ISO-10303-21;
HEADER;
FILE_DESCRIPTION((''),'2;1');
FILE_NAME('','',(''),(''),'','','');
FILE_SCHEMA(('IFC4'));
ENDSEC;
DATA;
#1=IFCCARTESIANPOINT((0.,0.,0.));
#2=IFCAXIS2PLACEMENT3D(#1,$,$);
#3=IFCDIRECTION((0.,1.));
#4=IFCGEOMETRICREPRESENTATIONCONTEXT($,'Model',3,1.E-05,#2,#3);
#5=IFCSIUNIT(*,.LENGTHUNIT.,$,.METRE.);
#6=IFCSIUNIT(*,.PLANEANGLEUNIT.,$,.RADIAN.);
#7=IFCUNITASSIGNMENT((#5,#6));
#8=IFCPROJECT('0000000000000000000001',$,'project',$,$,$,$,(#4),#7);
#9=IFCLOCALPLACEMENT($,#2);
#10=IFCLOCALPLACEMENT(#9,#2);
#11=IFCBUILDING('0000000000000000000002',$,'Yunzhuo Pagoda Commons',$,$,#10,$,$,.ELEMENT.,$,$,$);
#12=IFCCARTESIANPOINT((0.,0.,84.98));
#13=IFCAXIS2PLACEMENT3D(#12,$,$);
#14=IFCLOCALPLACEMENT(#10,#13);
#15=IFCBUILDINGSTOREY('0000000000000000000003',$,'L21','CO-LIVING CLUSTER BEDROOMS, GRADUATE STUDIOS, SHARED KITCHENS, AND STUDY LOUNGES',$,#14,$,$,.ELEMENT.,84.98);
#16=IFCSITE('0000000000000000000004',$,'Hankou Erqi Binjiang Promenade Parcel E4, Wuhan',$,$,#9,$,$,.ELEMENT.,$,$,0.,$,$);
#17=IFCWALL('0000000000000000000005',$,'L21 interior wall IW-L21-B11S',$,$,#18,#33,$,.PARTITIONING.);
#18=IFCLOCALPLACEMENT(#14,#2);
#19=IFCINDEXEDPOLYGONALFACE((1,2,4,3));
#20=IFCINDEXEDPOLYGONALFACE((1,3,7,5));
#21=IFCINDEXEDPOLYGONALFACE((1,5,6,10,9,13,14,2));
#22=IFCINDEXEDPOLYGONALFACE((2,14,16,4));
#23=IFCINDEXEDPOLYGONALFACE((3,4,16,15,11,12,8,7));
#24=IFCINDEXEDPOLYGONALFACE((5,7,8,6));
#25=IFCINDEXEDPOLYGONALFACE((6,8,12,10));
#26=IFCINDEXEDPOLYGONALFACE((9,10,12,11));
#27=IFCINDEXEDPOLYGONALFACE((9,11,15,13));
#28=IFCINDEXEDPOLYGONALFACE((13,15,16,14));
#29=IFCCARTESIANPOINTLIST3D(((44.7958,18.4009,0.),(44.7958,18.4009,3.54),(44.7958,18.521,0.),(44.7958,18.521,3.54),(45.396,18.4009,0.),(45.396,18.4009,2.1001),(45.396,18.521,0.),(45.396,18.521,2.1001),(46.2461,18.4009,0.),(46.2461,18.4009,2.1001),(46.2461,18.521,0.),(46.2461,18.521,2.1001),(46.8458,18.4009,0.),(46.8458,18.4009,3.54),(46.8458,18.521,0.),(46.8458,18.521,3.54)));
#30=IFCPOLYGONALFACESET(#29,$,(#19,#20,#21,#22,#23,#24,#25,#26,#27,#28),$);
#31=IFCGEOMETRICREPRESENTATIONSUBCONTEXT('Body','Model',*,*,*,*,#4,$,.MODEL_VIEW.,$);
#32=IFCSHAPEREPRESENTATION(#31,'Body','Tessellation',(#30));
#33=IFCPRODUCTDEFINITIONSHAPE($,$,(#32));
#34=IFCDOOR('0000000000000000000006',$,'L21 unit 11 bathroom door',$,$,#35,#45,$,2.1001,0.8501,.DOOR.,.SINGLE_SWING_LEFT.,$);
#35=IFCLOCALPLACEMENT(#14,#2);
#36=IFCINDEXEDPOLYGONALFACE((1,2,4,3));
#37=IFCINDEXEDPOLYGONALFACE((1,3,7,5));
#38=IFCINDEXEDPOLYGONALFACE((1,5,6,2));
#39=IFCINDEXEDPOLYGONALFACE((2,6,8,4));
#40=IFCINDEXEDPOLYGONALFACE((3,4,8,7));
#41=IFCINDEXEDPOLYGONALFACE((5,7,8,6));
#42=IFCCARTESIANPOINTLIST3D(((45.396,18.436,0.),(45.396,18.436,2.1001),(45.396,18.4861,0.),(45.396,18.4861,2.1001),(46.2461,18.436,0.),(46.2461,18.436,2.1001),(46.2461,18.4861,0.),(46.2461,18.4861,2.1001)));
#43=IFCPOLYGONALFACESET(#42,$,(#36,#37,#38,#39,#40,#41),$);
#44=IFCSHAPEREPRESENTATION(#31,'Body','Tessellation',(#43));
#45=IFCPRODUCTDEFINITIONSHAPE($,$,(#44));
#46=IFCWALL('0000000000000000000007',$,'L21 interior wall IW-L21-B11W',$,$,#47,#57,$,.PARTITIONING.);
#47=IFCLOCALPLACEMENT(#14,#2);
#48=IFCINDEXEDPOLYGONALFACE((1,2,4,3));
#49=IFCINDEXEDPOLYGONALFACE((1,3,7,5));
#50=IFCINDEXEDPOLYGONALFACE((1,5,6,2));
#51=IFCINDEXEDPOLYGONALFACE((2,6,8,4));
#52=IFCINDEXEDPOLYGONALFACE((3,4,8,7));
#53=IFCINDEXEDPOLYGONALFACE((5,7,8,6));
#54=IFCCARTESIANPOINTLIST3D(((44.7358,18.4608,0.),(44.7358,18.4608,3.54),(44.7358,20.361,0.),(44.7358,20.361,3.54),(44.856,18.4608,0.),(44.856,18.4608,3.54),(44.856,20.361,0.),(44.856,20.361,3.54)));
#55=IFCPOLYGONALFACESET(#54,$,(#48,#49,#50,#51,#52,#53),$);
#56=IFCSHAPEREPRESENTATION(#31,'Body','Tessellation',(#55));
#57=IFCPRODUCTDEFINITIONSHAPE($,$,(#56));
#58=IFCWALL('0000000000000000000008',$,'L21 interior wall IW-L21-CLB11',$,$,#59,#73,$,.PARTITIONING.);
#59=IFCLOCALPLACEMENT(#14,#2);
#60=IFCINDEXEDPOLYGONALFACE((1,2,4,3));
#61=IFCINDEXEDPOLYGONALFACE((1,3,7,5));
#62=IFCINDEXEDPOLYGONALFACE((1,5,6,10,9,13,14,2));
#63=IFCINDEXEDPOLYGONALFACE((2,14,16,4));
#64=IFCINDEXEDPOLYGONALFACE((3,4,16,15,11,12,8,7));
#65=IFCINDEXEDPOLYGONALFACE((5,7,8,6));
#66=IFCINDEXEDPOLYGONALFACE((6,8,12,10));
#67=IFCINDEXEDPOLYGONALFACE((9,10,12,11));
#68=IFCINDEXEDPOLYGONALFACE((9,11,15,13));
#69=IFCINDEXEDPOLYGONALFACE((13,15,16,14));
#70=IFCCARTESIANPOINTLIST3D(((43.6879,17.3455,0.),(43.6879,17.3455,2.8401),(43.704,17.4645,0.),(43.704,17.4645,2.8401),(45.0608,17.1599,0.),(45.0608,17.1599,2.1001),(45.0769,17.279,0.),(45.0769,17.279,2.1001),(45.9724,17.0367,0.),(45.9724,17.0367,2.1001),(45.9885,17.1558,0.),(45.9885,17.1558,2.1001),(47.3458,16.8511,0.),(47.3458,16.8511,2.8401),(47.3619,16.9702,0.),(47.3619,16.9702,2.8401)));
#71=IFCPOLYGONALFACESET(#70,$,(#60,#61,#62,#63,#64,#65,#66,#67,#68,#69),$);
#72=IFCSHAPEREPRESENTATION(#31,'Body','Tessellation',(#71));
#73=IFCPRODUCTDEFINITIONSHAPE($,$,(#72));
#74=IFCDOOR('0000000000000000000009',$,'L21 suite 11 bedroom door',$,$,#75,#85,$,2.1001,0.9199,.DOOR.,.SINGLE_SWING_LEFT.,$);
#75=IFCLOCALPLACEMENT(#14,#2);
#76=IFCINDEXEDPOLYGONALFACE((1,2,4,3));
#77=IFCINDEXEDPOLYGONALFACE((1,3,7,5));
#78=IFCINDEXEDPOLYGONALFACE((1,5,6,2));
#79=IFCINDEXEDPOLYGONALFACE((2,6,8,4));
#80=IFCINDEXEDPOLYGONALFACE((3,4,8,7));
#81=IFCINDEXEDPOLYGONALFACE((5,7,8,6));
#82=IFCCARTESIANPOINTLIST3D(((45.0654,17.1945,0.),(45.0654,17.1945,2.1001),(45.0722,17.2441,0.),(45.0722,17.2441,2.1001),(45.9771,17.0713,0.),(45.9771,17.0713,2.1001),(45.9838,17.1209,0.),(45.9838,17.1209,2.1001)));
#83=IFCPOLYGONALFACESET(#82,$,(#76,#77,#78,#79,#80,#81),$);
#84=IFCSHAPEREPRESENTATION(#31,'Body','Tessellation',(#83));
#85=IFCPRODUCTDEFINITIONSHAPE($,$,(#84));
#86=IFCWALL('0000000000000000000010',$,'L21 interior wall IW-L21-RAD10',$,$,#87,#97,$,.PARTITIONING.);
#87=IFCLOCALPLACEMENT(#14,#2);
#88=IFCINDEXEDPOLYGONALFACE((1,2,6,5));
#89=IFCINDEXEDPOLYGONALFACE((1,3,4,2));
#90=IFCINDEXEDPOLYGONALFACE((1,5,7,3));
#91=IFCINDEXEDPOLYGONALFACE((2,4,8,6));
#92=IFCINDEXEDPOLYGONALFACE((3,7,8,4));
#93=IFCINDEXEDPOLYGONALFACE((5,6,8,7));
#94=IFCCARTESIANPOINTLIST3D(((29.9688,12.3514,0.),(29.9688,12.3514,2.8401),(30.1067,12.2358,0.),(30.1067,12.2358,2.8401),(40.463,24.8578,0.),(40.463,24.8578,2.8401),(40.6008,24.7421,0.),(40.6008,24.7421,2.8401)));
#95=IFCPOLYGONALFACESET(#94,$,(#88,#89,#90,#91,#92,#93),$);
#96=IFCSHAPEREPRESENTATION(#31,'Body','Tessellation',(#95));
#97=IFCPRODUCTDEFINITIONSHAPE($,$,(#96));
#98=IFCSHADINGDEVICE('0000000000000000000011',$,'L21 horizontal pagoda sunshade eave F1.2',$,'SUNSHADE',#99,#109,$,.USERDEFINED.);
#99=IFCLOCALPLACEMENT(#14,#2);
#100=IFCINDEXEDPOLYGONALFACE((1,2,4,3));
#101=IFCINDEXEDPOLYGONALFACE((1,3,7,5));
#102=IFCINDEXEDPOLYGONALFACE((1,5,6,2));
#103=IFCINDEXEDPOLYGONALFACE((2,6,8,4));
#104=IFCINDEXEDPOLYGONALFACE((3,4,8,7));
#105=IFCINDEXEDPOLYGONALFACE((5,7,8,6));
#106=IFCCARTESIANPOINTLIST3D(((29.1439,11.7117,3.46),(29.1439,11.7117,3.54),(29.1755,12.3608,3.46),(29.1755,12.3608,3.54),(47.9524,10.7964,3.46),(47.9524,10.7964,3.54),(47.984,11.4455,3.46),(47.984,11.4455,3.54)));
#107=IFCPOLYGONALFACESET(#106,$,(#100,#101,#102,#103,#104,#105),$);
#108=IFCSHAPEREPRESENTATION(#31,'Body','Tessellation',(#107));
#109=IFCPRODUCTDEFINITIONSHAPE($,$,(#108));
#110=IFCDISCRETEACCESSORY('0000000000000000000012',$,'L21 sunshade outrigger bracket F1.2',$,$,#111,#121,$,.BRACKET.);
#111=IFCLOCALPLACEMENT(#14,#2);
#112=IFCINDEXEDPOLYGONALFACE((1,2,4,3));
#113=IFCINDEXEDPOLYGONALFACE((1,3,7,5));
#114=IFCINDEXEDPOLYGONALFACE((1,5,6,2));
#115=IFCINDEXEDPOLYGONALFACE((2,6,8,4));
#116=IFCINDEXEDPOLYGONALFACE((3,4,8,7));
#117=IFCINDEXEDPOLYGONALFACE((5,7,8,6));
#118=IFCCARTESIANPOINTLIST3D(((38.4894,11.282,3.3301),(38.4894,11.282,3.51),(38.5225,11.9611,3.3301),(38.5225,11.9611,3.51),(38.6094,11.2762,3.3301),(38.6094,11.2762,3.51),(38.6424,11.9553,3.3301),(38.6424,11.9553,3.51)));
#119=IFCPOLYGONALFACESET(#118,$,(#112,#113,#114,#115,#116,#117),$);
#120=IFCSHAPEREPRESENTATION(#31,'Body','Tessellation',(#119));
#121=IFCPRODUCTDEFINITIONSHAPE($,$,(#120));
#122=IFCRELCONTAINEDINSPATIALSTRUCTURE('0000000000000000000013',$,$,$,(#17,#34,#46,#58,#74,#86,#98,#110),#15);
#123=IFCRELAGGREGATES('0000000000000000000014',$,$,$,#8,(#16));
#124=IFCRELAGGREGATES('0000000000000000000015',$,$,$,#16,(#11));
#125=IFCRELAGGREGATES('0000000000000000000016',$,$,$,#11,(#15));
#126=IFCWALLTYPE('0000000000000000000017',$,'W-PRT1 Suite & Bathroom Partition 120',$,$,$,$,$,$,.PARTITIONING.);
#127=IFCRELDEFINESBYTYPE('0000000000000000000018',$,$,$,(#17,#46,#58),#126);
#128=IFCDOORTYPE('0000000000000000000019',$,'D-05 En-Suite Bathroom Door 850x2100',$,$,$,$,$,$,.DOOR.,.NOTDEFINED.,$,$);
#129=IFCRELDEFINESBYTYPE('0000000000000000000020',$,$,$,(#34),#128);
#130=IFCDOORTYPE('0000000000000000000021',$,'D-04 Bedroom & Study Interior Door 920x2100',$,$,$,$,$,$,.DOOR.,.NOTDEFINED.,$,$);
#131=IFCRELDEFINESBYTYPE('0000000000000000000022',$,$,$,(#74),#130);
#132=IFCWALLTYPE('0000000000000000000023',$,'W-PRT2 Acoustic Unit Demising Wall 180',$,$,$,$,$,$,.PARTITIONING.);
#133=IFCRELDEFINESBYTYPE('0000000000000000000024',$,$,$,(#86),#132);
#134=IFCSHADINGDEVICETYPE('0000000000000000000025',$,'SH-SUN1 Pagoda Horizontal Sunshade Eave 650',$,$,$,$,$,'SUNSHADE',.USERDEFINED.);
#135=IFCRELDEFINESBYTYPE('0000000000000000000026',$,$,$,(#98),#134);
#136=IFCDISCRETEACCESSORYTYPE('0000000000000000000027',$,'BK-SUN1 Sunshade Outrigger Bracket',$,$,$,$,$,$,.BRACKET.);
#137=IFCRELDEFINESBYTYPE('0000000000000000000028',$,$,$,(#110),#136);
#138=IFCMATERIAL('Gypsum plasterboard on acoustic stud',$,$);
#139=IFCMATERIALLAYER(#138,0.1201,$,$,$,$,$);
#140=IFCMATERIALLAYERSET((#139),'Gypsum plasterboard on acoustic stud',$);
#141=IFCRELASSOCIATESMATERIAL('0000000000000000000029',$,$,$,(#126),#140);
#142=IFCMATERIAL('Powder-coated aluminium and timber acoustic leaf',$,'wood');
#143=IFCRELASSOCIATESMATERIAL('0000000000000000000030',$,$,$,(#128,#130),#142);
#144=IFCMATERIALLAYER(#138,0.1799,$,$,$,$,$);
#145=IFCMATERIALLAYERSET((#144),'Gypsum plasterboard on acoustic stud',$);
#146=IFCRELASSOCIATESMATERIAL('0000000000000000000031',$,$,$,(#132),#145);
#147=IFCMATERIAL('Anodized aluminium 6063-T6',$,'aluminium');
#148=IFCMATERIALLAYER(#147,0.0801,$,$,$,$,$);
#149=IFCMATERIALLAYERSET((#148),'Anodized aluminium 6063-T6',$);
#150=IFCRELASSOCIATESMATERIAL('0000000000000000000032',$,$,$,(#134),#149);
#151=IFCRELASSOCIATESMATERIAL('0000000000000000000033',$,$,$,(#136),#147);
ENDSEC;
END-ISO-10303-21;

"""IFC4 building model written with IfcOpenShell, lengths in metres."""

from ifc_helpers import new_model, si_unit, direction, frame, frame_2d, origin, origin_with_axes, origin_2d, place, context, subcontext, project, spatial, rectangle, extrude, source, transform, mapped, material, layer, layer_set, type_object, element, fill, save


model = new_model("IFC4")

# Units and contexts
model_context = context("Model", 3, precision=1e-05, world=origin(), true_north=direction((0.0, 1.0)))
body_context = subcontext(model_context, "Body", "Model", "MODEL_VIEW")
ifc_project = project(units=[si_unit("LENGTHUNIT", "METRE"), si_unit("PLANEANGLEUNIT", "RADIAN")], contexts=[model_context])

# Site, building, storey
site_placement = place(None, origin())
site = spatial("IfcSite", under=ifc_project, at=site_placement, Name="Hankou Erqi Binjiang Promenade Parcel E4, Wuhan", CompositionType="ELEMENT", RefElevation=0.0)
building_placement = place(site_placement, origin())
building = spatial("IfcBuilding", under=site, at=building_placement, Name="Yunzhuo Pagoda Commons", CompositionType="ELEMENT")
storey_placement = place(building_placement, frame((0.0, 0.0, 84.98)))
storey = spatial("IfcBuildingStorey", under=building, at=storey_placement, Name="L21", Description="CO-LIVING CLUSTER BEDROOMS, GRADUATE STUDIOS, SHARED KITCHENS, AND STUDY LOUNGES", CompositionType="ELEMENT", Elevation=84.98)

# Shared definitions
ifc_material_1 = material(Name="Anodized aluminium 6063-T6", Category="aluminium")

# Wall, opening, door
ifc_material_2 = material(Name="Gypsum plasterboard on acoustic stud")
ifc_layer_1 = layer(ifc_material_2, 0.1201)
ifc_layer_set_1 = layer_set([ifc_layer_1], Name="Gypsum plasterboard on acoustic stud")
wall_type_1 = type_object("IfcWallType", Name="W-PRT1 Suite & Bathroom Partition 120", PredefinedType="PARTITIONING", material=ifc_layer_set_1)
wall_1_placement = place(storey_placement, frame((44.7959, 18.4609, 0.0), z_axis=(0.0, 0.0, 1.0), x_axis=(1.0, 0.0, 0.0)))
wall_1 = element("IfcWall", 1, at=wall_1_placement, inside=storey, type_object=wall_type_1, Name="L21 interior wall IW-L21-B11S", PredefinedType="PARTITIONING", context=body_context, shape_type="SweptSolid", body=[
    extrude(rectangle(XDim=2.05, YDim=0.1201, at=frame_2d((1.0249, 0.0))), origin(), (0.0, 0.0, 1.0), 3.54),
])
opening_1_placement = place(wall_1_placement, frame((0.6001, 0.0, 0.0)))
opening_1 = element("IfcOpeningElement", 2, at=opening_1_placement, cuts=wall_1, PredefinedType="OPENING", context=body_context, shape_type="SweptSolid", body=[
    extrude(rectangle(XDim=0.8501, YDim=2.1001, at=frame_2d((0.425, 1.05))), frame((0.0, 0.0701, 0.0), z_axis=(0.0, -1.0, 0.0), x_axis=(1.0, 0.0, 0.0)), (0.0, 0.0, 1.0), 0.1401),
])
ifc_material_3 = material(Name="Powder-coated aluminium and timber acoustic leaf", Category="wood")
door_type_1 = type_object("IfcDoorType", Name="D-05 En-Suite Bathroom Door 850x2100", OperationType="NOTDEFINED", PredefinedType="DOOR", material=ifc_material_3)
shared_shape_1 = source(origin(), body_context, "Body", "SweptSolid", [
    extrude(rectangle(XDim=0.8501, YDim=2.1001, at=frame_2d((0.425, 1.05))), frame((0.0, 0.0249, 0.0), z_axis=(0.0, -1.0, 0.0), x_axis=(1.0, 0.0, 0.0)), (0.0, 0.0, 1.0), 0.05),
])
door_1_placement = place(opening_1_placement, frame((0.8501, 0.0, 0.0), z_axis=(0.0, 0.0, 1.0), x_axis=(-1.0, 0.0, 0.0)))
door_1 = element("IfcDoor", 3, at=door_1_placement, inside=storey, type_object=door_type_1, Name="L21 unit 11 bathroom door", OperationType="SINGLE_SWING_LEFT", OverallHeight=2.1001, OverallWidth=0.8501, PredefinedType="DOOR", context=body_context, shape_type="MappedRepresentation", body=[
    mapped(shared_shape_1, transform((0.0, 0.0, 0.0), scale=1.0)),
])
fill(opening_1, door_1)

# Wall
wall_2_placement = place(storey_placement, frame((44.7959, 20.3611, 0.0), z_axis=(0.0, 0.0, 1.0), x_axis=(0.0, -1.0, 0.0)))
element("IfcWall", 4, at=wall_2_placement, inside=storey, type_object=wall_type_1, Name="L21 interior wall IW-L21-B11W", PredefinedType="PARTITIONING", context=body_context, shape_type="SweptSolid", body=[
    extrude(rectangle(XDim=1.9001, YDim=0.1201, at=frame_2d((0.9502, 0.0))), origin(), (0.0, 0.0, 1.0), 3.54),
])

# Wall, opening, door
wall_3_placement = place(storey_placement, frame((43.6958, 17.405, 0.0), z_axis=(0.0, 0.0, 1.0), x_axis=(0.99099, -0.133935, 0.0)))
wall_3 = element("IfcWall", 5, at=wall_3_placement, inside=storey, type_object=wall_type_1, Name="L21 interior wall IW-L21-CLB11", PredefinedType="PARTITIONING", context=body_context, shape_type="SweptSolid", body=[
    extrude(rectangle(XDim=3.6912, YDim=0.1201, at=frame_2d((1.8457, 0.0))), origin(), (0.0, 0.0, 1.0), 2.8401),
])
opening_2_placement = place(wall_3_placement, frame((1.3855, 0.0, 0.0)))
opening_2 = element("IfcOpeningElement", 6, at=opening_2_placement, cuts=wall_3, PredefinedType="OPENING", context=body_context, shape_type="SweptSolid", body=[
    extrude(rectangle(XDim=0.9199, YDim=2.1001, at=frame_2d((0.46, 1.05))), frame((0.0, 0.0701, 0.0), z_axis=(0.0, -1.0, 0.0), x_axis=(1.0, 0.0, 0.0)), (0.0, 0.0, 1.0), 0.1401),
])
door_type_2 = type_object("IfcDoorType", Name="D-04 Bedroom & Study Interior Door 920x2100", OperationType="NOTDEFINED", PredefinedType="DOOR", material=ifc_material_3)
shared_shape_2 = source(origin(), body_context, "Body", "SweptSolid", [
    extrude(rectangle(XDim=0.9199, YDim=2.1001, at=frame_2d((0.46, 1.05))), frame((0.0, 0.0249, 0.0), z_axis=(0.0, -1.0, 0.0), x_axis=(1.0, 0.0, 0.0)), (0.0, 0.0, 1.0), 0.05),
])
door_2_placement = place(opening_2_placement, origin_with_axes())
door_2 = element("IfcDoor", 7, at=door_2_placement, inside=storey, type_object=door_type_2, Name="L21 suite 11 bedroom door", OperationType="SINGLE_SWING_LEFT", OverallHeight=2.1001, OverallWidth=0.9199, PredefinedType="DOOR", context=body_context, shape_type="MappedRepresentation", body=[
    mapped(shared_shape_2, transform((0.0, 0.0, 0.0), scale=1.0)),
])
fill(opening_2, door_2)

# Wall
ifc_layer_2 = layer(ifc_material_2, 0.1799)
ifc_layer_set_2 = layer_set([ifc_layer_2], Name="Gypsum plasterboard on acoustic stud")
wall_type_2 = type_object("IfcWallType", Name="W-PRT2 Acoustic Unit Demising Wall 180", PredefinedType="PARTITIONING", material=ifc_layer_set_2)
wall_4_placement = place(storey_placement, frame((40.532, 24.8, 0.0), z_axis=(0.0, 0.0, 1.0), x_axis=(-0.64279, -0.766042, 0.0)))
element("IfcWall", 8, at=wall_4_placement, inside=storey, type_object=wall_type_2, Name="L21 interior wall IW-L21-RAD10", PredefinedType="PARTITIONING", context=body_context, shape_type="SweptSolid", body=[
    extrude(rectangle(XDim=16.3259, YDim=0.1799, at=frame_2d((8.1631, 0.0))), origin(), (0.0, 0.0, 1.0), 2.8401),
])

# Shading device
ifc_layer_3 = layer(ifc_material_1, 0.0801)
ifc_layer_set_3 = layer_set([ifc_layer_3], Name="Anodized aluminium 6063-T6")
shading_device_type = type_object("IfcShadingDeviceType", Name="SH-SUN1 Pagoda Horizontal Sunshade Eave 650", ElementType="SUNSHADE", PredefinedType="USERDEFINED", material=ifc_layer_set_3)
shared_shape_3 = source(origin(), body_context, "Body", "SweptSolid", [
    extrude(rectangle(XDim=18.8308, YDim=0.6499, at=origin_2d()), origin(), (0.0, 0.0, 1.0), 0.0801),
])
shading_device_placement = place(storey_placement, frame((38.564, 11.5786, 3.46), z_axis=(0.0, 0.0, 1.0), x_axis=(0.998818, -0.048606, 0.0)))
element("IfcShadingDevice", 9, at=shading_device_placement, inside=storey, type_object=shading_device_type, Name="L21 horizontal pagoda sunshade eave F1.2", ObjectType="SUNSHADE", PredefinedType="USERDEFINED", context=body_context, shape_type="MappedRepresentation", body=[
    mapped(shared_shape_3, transform((0.0, 0.0, 0.0), scale=1.0)),
])

# Discrete accessory
discrete_accessory_type = type_object("IfcDiscreteAccessoryType", Name="BK-SUN1 Sunshade Outrigger Bracket", PredefinedType="BRACKET", material=ifc_material_1)
shared_shape_4 = source(origin(), body_context, "Body", "SweptSolid", [
    extrude(rectangle(XDim=0.1201, YDim=0.6799, at=origin_2d()), origin(), (0.0, 0.0, 1.0), 0.1799),
])
discrete_accessory_placement = place(storey_placement, frame((38.5659, 11.6187, 3.3301), z_axis=(0.0, 0.0, 1.0), x_axis=(0.998818, -0.048606, 0.0)))
element("IfcDiscreteAccessory", 10, at=discrete_accessory_placement, inside=storey, type_object=discrete_accessory_type, Name="L21 sunshade outrigger bracket F1.2", PredefinedType="BRACKET", context=body_context, shape_type="MappedRepresentation", body=[
    mapped(shared_shape_4, transform((0.0, 0.0, 0.0), scale=1.0)),
])

save(model, "model.ifc")
